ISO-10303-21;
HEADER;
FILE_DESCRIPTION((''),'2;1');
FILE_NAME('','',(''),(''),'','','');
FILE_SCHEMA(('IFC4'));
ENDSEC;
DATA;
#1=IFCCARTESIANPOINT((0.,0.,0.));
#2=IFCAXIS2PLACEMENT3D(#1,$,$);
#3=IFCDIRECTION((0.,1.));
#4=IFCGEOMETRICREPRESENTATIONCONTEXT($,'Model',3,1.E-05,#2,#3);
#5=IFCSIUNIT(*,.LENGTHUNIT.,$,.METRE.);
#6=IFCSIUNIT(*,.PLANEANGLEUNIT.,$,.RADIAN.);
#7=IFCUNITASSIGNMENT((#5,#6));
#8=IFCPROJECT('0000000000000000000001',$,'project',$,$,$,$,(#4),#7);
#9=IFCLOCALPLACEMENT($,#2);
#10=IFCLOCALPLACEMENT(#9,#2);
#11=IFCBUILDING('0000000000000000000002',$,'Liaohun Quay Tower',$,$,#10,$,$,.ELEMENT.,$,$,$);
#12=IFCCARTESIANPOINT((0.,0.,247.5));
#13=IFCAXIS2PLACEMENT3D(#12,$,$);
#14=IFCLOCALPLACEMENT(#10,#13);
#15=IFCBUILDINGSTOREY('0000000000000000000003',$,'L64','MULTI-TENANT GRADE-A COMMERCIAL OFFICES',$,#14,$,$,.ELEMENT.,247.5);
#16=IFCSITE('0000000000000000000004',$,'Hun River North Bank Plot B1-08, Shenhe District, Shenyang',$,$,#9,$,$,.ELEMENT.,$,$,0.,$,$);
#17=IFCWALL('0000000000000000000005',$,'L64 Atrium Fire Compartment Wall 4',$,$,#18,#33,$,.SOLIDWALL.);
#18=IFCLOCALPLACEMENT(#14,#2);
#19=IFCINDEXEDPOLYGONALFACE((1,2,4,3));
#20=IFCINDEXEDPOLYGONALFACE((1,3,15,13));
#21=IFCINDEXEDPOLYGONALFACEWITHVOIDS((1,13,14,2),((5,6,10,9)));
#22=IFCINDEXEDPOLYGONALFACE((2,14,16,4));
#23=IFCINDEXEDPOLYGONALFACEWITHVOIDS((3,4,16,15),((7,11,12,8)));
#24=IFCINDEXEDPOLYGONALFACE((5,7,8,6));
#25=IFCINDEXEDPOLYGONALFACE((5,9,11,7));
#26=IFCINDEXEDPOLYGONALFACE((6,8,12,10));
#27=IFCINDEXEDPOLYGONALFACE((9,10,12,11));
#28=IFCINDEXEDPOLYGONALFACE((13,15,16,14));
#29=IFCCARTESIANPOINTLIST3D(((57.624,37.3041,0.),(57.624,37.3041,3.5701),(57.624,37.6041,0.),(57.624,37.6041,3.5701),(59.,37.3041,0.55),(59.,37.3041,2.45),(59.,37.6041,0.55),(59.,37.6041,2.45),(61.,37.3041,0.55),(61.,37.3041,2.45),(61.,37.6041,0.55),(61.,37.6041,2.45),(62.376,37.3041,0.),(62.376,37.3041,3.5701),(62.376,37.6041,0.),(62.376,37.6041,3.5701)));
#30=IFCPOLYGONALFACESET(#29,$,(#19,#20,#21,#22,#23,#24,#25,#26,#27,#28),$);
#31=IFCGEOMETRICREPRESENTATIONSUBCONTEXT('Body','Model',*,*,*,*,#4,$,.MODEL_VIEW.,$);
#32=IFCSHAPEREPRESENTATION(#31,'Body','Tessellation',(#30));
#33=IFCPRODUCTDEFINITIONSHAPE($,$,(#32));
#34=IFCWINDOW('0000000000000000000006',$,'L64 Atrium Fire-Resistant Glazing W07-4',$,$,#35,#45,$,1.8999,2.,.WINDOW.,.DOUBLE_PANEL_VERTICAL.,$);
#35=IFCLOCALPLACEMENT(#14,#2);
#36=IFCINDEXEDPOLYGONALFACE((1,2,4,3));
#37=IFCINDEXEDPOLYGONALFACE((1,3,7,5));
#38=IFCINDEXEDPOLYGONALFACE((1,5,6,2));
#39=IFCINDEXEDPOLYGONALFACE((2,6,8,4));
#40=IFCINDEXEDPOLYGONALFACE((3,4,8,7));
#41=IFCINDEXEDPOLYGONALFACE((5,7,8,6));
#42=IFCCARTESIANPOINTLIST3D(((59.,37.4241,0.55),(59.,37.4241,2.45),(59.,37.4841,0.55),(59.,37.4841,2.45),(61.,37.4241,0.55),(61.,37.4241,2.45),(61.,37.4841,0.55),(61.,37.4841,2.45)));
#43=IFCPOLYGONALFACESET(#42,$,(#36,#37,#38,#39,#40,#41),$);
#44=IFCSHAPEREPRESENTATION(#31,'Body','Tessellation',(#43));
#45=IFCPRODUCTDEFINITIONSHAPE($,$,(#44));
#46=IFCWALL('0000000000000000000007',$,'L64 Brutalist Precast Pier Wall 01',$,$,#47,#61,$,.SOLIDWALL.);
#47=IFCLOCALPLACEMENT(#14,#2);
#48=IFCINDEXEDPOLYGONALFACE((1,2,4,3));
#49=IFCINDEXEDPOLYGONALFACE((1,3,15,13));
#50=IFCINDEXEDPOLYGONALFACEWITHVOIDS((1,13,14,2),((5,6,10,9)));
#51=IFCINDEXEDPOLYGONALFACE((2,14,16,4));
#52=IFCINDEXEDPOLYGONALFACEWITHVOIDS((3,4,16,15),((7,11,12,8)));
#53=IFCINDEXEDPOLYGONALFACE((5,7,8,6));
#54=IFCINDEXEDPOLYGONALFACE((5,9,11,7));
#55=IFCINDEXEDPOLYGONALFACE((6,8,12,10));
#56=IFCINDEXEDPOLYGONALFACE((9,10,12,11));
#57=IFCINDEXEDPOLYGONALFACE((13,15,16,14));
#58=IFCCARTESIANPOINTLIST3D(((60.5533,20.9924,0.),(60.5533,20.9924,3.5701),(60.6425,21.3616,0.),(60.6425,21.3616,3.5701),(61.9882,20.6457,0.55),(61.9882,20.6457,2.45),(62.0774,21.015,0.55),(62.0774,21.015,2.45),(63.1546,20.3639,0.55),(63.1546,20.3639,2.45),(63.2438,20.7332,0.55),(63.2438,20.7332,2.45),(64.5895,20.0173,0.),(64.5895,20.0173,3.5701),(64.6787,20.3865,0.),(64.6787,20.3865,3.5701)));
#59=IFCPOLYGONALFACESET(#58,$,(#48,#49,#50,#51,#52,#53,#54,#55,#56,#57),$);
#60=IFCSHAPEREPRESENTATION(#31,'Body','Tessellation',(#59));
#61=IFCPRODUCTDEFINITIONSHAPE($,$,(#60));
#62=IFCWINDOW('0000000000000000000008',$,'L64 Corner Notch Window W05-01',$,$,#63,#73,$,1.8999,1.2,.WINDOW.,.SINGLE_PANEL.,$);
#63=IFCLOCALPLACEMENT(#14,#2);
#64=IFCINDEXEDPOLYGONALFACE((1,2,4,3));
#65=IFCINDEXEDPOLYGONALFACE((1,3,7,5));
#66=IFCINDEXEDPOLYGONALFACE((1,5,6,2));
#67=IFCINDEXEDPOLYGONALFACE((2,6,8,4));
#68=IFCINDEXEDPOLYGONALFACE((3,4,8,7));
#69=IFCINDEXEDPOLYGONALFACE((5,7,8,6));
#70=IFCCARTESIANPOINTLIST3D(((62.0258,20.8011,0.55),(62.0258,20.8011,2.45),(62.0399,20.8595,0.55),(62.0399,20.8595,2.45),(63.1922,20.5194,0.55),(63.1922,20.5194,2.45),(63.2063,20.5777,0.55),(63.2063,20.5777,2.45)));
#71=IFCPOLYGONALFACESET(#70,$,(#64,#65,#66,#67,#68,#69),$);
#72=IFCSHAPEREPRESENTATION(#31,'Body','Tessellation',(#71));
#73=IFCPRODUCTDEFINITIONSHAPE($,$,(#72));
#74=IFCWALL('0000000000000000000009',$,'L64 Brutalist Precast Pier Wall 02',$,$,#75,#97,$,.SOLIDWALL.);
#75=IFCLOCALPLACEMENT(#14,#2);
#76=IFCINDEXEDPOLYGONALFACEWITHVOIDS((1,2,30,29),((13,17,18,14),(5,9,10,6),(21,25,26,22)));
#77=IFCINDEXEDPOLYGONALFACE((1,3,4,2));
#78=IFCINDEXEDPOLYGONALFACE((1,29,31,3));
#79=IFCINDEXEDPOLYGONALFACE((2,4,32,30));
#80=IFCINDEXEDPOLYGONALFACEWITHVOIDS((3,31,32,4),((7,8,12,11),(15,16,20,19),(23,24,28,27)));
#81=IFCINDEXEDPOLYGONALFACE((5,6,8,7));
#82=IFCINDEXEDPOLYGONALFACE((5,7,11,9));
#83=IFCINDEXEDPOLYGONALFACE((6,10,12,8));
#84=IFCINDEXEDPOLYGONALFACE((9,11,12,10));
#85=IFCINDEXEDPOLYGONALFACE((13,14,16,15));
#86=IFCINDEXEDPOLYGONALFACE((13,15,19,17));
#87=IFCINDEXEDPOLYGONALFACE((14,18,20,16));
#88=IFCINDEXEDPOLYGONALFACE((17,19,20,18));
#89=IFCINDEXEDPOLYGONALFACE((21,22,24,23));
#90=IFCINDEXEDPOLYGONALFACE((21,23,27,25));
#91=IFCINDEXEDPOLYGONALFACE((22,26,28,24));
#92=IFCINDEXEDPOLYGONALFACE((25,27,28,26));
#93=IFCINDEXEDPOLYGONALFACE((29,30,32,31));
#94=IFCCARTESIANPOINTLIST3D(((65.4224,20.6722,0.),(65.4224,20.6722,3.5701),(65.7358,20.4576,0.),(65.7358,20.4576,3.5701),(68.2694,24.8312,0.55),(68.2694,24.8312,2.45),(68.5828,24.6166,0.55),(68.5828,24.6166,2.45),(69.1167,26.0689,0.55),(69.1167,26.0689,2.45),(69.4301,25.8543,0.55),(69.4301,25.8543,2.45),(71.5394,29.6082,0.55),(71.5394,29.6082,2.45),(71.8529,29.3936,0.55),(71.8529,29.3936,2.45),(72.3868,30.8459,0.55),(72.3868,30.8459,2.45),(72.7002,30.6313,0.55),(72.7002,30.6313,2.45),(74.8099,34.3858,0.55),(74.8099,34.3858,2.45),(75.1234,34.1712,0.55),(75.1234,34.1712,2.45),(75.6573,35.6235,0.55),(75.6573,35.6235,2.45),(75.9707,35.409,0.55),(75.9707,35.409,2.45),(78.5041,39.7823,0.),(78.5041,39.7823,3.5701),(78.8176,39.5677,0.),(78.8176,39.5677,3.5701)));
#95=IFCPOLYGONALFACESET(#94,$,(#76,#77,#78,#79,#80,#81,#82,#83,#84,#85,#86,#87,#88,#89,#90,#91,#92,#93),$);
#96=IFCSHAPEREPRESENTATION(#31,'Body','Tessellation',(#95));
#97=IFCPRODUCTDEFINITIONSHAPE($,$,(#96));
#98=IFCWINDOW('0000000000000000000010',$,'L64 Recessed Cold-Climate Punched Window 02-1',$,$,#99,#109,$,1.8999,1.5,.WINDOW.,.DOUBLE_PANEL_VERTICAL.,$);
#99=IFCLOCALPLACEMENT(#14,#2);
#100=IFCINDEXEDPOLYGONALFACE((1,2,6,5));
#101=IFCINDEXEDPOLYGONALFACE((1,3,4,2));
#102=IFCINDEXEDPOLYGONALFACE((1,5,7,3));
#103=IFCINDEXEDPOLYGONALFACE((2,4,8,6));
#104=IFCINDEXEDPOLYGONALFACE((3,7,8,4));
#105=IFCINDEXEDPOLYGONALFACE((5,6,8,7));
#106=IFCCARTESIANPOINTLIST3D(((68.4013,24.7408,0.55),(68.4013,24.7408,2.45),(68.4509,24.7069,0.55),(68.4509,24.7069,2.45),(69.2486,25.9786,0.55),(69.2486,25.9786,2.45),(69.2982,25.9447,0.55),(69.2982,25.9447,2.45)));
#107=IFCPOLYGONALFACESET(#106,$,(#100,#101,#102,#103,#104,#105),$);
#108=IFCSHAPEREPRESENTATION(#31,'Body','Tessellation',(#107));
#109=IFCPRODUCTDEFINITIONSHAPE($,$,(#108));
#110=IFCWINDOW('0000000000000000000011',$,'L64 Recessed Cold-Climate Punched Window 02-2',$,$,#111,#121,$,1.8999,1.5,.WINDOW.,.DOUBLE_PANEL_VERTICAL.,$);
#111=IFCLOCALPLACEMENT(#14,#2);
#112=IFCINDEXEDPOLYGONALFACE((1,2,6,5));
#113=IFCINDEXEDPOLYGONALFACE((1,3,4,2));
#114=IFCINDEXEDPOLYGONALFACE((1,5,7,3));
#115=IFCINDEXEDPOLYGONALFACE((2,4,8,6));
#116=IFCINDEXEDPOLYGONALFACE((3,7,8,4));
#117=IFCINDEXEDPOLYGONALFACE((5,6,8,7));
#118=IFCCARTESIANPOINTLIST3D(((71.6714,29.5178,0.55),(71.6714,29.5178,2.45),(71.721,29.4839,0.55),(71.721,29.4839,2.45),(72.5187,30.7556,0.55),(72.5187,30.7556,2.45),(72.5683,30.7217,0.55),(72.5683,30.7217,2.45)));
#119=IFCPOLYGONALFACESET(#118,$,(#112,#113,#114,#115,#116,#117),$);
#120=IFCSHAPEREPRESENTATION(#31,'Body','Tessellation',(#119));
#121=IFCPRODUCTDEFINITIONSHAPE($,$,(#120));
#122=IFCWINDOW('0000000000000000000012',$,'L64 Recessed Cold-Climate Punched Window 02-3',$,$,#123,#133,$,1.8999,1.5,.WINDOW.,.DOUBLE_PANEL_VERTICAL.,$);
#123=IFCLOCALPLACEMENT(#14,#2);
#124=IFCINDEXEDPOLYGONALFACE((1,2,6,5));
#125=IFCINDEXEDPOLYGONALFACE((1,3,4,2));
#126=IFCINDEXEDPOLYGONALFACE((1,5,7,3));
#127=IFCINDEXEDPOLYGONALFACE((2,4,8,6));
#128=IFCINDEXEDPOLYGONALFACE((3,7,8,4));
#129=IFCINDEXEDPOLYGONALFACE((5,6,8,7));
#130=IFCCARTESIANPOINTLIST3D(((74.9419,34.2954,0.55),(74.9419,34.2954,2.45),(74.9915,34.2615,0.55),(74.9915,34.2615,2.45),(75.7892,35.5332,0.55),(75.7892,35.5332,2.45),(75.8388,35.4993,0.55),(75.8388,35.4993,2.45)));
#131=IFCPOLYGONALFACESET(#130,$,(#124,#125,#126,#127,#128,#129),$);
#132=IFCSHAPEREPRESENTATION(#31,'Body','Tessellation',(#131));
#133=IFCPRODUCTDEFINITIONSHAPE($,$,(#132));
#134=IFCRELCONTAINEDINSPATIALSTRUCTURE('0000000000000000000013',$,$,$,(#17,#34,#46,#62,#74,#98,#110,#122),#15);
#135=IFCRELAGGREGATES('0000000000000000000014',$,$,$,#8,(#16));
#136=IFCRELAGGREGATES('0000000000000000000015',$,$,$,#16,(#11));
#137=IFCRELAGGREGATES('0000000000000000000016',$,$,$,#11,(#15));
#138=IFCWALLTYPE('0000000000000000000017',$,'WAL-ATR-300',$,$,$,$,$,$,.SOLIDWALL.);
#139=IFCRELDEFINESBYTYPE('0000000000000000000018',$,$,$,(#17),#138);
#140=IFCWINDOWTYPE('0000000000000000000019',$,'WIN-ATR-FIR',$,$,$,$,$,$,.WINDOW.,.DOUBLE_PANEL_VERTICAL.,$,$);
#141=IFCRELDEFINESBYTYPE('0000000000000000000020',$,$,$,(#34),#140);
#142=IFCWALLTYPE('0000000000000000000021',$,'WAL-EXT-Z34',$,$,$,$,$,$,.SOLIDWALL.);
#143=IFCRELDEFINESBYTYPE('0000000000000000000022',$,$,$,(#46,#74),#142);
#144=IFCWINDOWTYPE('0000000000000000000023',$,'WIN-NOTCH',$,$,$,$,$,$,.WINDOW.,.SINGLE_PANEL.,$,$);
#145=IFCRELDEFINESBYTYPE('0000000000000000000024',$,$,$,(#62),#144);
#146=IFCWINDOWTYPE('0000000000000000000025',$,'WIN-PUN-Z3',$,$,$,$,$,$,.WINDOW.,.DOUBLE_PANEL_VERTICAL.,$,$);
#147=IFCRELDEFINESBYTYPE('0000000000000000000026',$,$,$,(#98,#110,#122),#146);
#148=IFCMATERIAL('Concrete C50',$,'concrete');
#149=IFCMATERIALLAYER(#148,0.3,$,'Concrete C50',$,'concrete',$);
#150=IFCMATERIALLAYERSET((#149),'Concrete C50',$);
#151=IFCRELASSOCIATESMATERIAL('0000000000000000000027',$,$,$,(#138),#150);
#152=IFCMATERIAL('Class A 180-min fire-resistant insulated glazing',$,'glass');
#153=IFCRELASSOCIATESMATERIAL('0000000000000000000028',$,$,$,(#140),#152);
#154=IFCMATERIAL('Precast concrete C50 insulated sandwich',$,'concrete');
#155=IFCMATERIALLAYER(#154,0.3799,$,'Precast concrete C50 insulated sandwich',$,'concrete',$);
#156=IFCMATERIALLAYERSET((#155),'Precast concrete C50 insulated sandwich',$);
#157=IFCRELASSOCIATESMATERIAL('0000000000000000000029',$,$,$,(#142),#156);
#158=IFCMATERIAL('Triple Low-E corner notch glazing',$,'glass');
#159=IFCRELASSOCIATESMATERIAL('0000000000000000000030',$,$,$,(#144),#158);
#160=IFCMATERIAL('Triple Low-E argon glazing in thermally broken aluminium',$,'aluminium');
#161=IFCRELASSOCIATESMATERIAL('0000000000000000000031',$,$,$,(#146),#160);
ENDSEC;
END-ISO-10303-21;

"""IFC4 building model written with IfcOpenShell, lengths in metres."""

from ifc_helpers import new_model, si_unit, direction, frame, frame_2d, origin, place, context, subcontext, project, spatial, rectangle, extrude, source, transform, mapped, material, layer, layer_set, type_object, element, fill, save


model = new_model("IFC4")

# Units and contexts
model_context = context("Model", 3, precision=1e-05, world=origin(), true_north=direction((0.0, 1.0)))
body_context = subcontext(model_context, "Body", "Model", "MODEL_VIEW")
ifc_project = project(units=[si_unit("LENGTHUNIT", "METRE"), si_unit("PLANEANGLEUNIT", "RADIAN")], contexts=[model_context])

# Site, building, storey
site_placement = place(None, origin())
site = spatial("IfcSite", under=ifc_project, at=site_placement, Name="Hun River North Bank Plot B1-08, Shenhe District, Shenyang", CompositionType="ELEMENT", RefElevation=0.0)
building_placement = place(site_placement, origin())
building = spatial("IfcBuilding", under=site, at=building_placement, Name="Liaohun Quay Tower", CompositionType="ELEMENT")
storey_placement = place(building_placement, frame((0.0, 0.0, 247.5)))
storey = spatial("IfcBuildingStorey", under=building, at=storey_placement, Name="L64", Description="MULTI-TENANT GRADE-A COMMERCIAL OFFICES", CompositionType="ELEMENT", Elevation=247.5)

# Walls, openings, windows
ifc_material_1 = material(Name="Concrete C50", Category="concrete")
ifc_layer_1 = layer(ifc_material_1, 0.3, Name="Concrete C50", Category="concrete")
ifc_layer_set_1 = layer_set([ifc_layer_1], Name="Concrete C50")
wall_type_1 = type_object("IfcWallType", Name="WAL-ATR-300", PredefinedType="SOLIDWALL", material=ifc_layer_set_1)
shared_shape_1 = source(origin(), body_context, "Body", "SweptSolid", [
    extrude(rectangle(XDim=2.0, YDim=1.8999, at=frame_2d((1.0, 0.95))), frame((0.0, 0.1599, 0.0), z_axis=(0.0, -1.0, 0.0), x_axis=(1.0, 0.0, 0.0)), (0.0, 0.0, 1.0), 0.3201),
])
ifc_material_2 = material(Name="Class A 180-min fire-resistant insulated glazing", Category="glass")
window_type_1 = type_object("IfcWindowType", Name="WIN-ATR-FIR", PartitioningType="DOUBLE_PANEL_VERTICAL", PredefinedType="WINDOW", material=ifc_material_2)
shared_shape_2 = source(origin(), body_context, "Body", "SweptSolid", [
    extrude(rectangle(XDim=2.0, YDim=1.8999, at=frame_2d((1.0, 0.95))), frame((0.0, 0.03, 0.0), z_axis=(0.0, -1.0, 0.0), x_axis=(1.0, 0.0, 0.0)), (0.0, 0.0, 1.0), 0.0601),
])
wall_1_placement = place(storey_placement, frame((62.376, 37.4541, 0.0), z_axis=(0.0, 0.0, 1.0), x_axis=(-1.0, 0.0, 0.0)))
wall_1 = element("IfcWall", 1, at=wall_1_placement, inside=storey, type_object=wall_type_1, Name="L64 Atrium Fire Compartment Wall 4", PredefinedType="SOLIDWALL", context=body_context, shape_type="SweptSolid", body=[
    extrude(rectangle(XDim=4.752, YDim=0.3, at=frame_2d((2.376, 0.0))), origin(), (0.0, 0.0, 1.0), 3.5701),
])
opening_1_placement = place(wall_1_placement, frame((1.376, 0.0, 0.55)))
opening_1 = element("IfcOpeningElement", 2, at=opening_1_placement, cuts=wall_1, PredefinedType="OPENING", context=body_context, shape_type="MappedRepresentation", body=[
    mapped(shared_shape_1, transform((0.0, 0.0, 0.0), x_axis=(1.0, 0.0, 0.0), y_axis=(0.0, 1.0, 0.0), z_axis=(0.0, 0.0, 1.0), scale=1.0)),
])
window_1_placement = place(opening_1_placement, origin())
window_1 = element("IfcWindow", 3, at=window_1_placement, inside=storey, type_object=window_type_1, Name="L64 Atrium Fire-Resistant Glazing W07-4", OverallHeight=1.8999, OverallWidth=2.0, PartitioningType="DOUBLE_PANEL_VERTICAL", PredefinedType="WINDOW", context=body_context, shape_type="MappedRepresentation", body=[
    mapped(shared_shape_2, transform((0.0, 0.0, 0.0), x_axis=(1.0, 0.0, 0.0), y_axis=(0.0, 1.0, 0.0), z_axis=(0.0, 0.0, 1.0), scale=1.0)),
])
fill(opening_1, window_1)
ifc_material_3 = material(Name="Precast concrete C50 insulated sandwich", Category="concrete")
ifc_layer_2 = layer(ifc_material_3, 0.3799, Name="Precast concrete C50 insulated sandwich", Category="concrete")
ifc_layer_set_2 = layer_set([ifc_layer_2], Name="Precast concrete C50 insulated sandwich")
wall_type_2 = type_object("IfcWallType", Name="WAL-EXT-Z34", PredefinedType="SOLIDWALL", material=ifc_layer_set_2)
wall_2_placement = place(storey_placement, frame((60.5979, 21.177, 0.0), z_axis=(0.0, 0.0, 1.0), x_axis=(0.972035, -0.234836, 0.0)))
wall_2 = element("IfcWall", 4, at=wall_2_placement, inside=storey, type_object=wall_type_2, Name="L64 Brutalist Precast Pier Wall 01", PredefinedType="SOLIDWALL", context=body_context, shape_type="SweptSolid", body=[
    extrude(rectangle(XDim=4.1523, YDim=0.3799, at=frame_2d((2.0762, 0.0))), origin(), (0.0, 0.0, 1.0), 3.5701),
])
shared_shape_3 = source(origin(), body_context, "Body", "SweptSolid", [
    extrude(rectangle(XDim=1.2, YDim=1.8999, at=frame_2d((0.6001, 0.95))), frame((0.0, 0.2, 0.0), z_axis=(0.0, -1.0, 0.0), x_axis=(1.0, 0.0, 0.0)), (0.0, 0.0, 1.0), 0.3999),
])
opening_2_placement = place(wall_2_placement, frame((1.4761, 0.0, 0.55)))
opening_2 = element("IfcOpeningElement", 5, at=opening_2_placement, cuts=wall_2, PredefinedType="OPENING", context=body_context, shape_type="MappedRepresentation", body=[
    mapped(shared_shape_3, transform((0.0, 0.0, 0.0), x_axis=(1.0, 0.0, 0.0), y_axis=(0.0, 1.0, 0.0), z_axis=(0.0, 0.0, 1.0), scale=1.0)),
])
ifc_material_4 = material(Name="Triple Low-E corner notch glazing", Category="glass")
window_type_2 = type_object("IfcWindowType", Name="WIN-NOTCH", PartitioningType="SINGLE_PANEL", PredefinedType="WINDOW", material=ifc_material_4)
shared_shape_4 = source(origin(), body_context, "Body", "SweptSolid", [
    extrude(rectangle(XDim=1.2, YDim=1.8999, at=frame_2d((0.6001, 0.95))), frame((0.0, 0.03, 0.0), z_axis=(0.0, -1.0, 0.0), x_axis=(1.0, 0.0, 0.0)), (0.0, 0.0, 1.0), 0.0601),
])
window_2_placement = place(opening_2_placement, origin())
window_2 = element("IfcWindow", 6, at=window_2_placement, inside=storey, type_object=window_type_2, Name="L64 Corner Notch Window W05-01", OverallHeight=1.8999, OverallWidth=1.2, PartitioningType="SINGLE_PANEL", PredefinedType="WINDOW", context=body_context, shape_type="MappedRepresentation", body=[
    mapped(shared_shape_4, transform((0.0, 0.0, 0.0), x_axis=(1.0, 0.0, 0.0), y_axis=(0.0, 1.0, 0.0), z_axis=(0.0, 0.0, 1.0), scale=1.0)),
])
fill(opening_2, window_2)

# Wall, openings, windows
wall_3_placement = place(storey_placement, frame((65.5791, 20.5649, 0.0), z_axis=(0.0, 0.0, 1.0), x_axis=(0.564874, 0.825177, 0.0)))
wall_3 = element("IfcWall", 7, at=wall_3_placement, inside=storey, type_object=wall_type_2, Name="L64 Brutalist Precast Pier Wall 02", PredefinedType="SOLIDWALL", context=body_context, shape_type="SweptSolid", body=[
    extrude(rectangle(XDim=23.1587, YDim=0.3799, at=frame_2d((11.5793, 0.0))), origin(), (0.0, 0.0, 1.0), 3.5701),
])
shared_shape_5 = source(origin(), body_context, "Body", "SweptSolid", [
    extrude(rectangle(XDim=1.5, YDim=1.8999, at=frame_2d((0.75, 0.95))), frame((0.0, 0.2, 0.0), z_axis=(0.0, -1.0, 0.0), x_axis=(1.0, 0.0, 0.0)), (0.0, 0.0, 1.0), 0.3999),
])
opening_3_placement = place(wall_3_placement, frame((5.04, 0.0, 0.55)))
opening_3 = element("IfcOpeningElement", 8, at=opening_3_placement, cuts=wall_3, PredefinedType="OPENING", context=body_context, shape_type="MappedRepresentation", body=[
    mapped(shared_shape_5, transform((0.0, 0.0, 0.0), x_axis=(1.0, 0.0, 0.0), y_axis=(0.0, 1.0, 0.0), z_axis=(0.0, 0.0, 1.0), scale=1.0)),
])
opening_4_placement = place(wall_3_placement, frame((10.8291, 0.0, 0.55)))
opening_4 = element("IfcOpeningElement", 9, at=opening_4_placement, cuts=wall_3, PredefinedType="OPENING", context=body_context, shape_type="MappedRepresentation", body=[
    mapped(shared_shape_5, transform((0.0, 0.0, 0.0), x_axis=(1.0, 0.0, 0.0), y_axis=(0.0, 1.0, 0.0), z_axis=(0.0, 0.0, 1.0), scale=1.0)),
])
opening_5_placement = place(wall_3_placement, frame((16.6189, 0.0, 0.55)))
opening_5 = element("IfcOpeningElement", 10, at=opening_5_placement, cuts=wall_3, PredefinedType="OPENING", context=body_context, shape_type="MappedRepresentation", body=[
    mapped(shared_shape_5, transform((0.0, 0.0, 0.0), x_axis=(1.0, 0.0, 0.0), y_axis=(0.0, 1.0, 0.0), z_axis=(0.0, 0.0, 1.0), scale=1.0)),
])
ifc_material_5 = material(Name="Triple Low-E argon glazing in thermally broken aluminium", Category="aluminium")
window_type_3 = type_object("IfcWindowType", Name="WIN-PUN-Z3", PartitioningType="DOUBLE_PANEL_VERTICAL", PredefinedType="WINDOW", material=ifc_material_5)
shared_shape_6 = source(origin(), body_context, "Body", "SweptSolid", [
    extrude(rectangle(XDim=1.5, YDim=1.8999, at=frame_2d((0.75, 0.95))), frame((0.0, 0.03, 0.0), z_axis=(0.0, -1.0, 0.0), x_axis=(1.0, 0.0, 0.0)), (0.0, 0.0, 1.0), 0.0601),
])
window_3_placement = place(opening_3_placement, origin())
window_3 = element("IfcWindow", 11, at=window_3_placement, inside=storey, type_object=window_type_3, Name="L64 Recessed Cold-Climate Punched Window 02-1", OverallHeight=1.8999, OverallWidth=1.5, PartitioningType="DOUBLE_PANEL_VERTICAL", PredefinedType="WINDOW", context=body_context, shape_type="MappedRepresentation", body=[
    mapped(shared_shape_6, transform((0.0, 0.0, 0.0), x_axis=(1.0, 0.0, 0.0), y_axis=(0.0, 1.0, 0.0), z_axis=(0.0, 0.0, 1.0), scale=1.0)),
])
fill(opening_3, window_3)
window_4_placement = place(opening_4_placement, origin())
window_4 = element("IfcWindow", 12, at=window_4_placement, inside=storey, type_object=window_type_3, Name="L64 Recessed Cold-Climate Punched Window 02-2", OverallHeight=1.8999, OverallWidth=1.5, PartitioningType="DOUBLE_PANEL_VERTICAL", PredefinedType="WINDOW", context=body_context, shape_type="MappedRepresentation", body=[
    mapped(shared_shape_6, transform((0.0, 0.0, 0.0), x_axis=(1.0, 0.0, 0.0), y_axis=(0.0, 1.0, 0.0), z_axis=(0.0, 0.0, 1.0), scale=1.0)),
])
fill(opening_4, window_4)
window_5_placement = place(opening_5_placement, origin())
window_5 = element("IfcWindow", 13, at=window_5_placement, inside=storey, type_object=window_type_3, Name="L64 Recessed Cold-Climate Punched Window 02-3", OverallHeight=1.8999, OverallWidth=1.5, PartitioningType="DOUBLE_PANEL_VERTICAL", PredefinedType="WINDOW", context=body_context, shape_type="MappedRepresentation", body=[
    mapped(shared_shape_6, transform((0.0, 0.0, 0.0), x_axis=(1.0, 0.0, 0.0), y_axis=(0.0, 1.0, 0.0), z_axis=(0.0, 0.0, 1.0), scale=1.0)),
])
fill(opening_5, window_5)

save(model, "model.ifc")
